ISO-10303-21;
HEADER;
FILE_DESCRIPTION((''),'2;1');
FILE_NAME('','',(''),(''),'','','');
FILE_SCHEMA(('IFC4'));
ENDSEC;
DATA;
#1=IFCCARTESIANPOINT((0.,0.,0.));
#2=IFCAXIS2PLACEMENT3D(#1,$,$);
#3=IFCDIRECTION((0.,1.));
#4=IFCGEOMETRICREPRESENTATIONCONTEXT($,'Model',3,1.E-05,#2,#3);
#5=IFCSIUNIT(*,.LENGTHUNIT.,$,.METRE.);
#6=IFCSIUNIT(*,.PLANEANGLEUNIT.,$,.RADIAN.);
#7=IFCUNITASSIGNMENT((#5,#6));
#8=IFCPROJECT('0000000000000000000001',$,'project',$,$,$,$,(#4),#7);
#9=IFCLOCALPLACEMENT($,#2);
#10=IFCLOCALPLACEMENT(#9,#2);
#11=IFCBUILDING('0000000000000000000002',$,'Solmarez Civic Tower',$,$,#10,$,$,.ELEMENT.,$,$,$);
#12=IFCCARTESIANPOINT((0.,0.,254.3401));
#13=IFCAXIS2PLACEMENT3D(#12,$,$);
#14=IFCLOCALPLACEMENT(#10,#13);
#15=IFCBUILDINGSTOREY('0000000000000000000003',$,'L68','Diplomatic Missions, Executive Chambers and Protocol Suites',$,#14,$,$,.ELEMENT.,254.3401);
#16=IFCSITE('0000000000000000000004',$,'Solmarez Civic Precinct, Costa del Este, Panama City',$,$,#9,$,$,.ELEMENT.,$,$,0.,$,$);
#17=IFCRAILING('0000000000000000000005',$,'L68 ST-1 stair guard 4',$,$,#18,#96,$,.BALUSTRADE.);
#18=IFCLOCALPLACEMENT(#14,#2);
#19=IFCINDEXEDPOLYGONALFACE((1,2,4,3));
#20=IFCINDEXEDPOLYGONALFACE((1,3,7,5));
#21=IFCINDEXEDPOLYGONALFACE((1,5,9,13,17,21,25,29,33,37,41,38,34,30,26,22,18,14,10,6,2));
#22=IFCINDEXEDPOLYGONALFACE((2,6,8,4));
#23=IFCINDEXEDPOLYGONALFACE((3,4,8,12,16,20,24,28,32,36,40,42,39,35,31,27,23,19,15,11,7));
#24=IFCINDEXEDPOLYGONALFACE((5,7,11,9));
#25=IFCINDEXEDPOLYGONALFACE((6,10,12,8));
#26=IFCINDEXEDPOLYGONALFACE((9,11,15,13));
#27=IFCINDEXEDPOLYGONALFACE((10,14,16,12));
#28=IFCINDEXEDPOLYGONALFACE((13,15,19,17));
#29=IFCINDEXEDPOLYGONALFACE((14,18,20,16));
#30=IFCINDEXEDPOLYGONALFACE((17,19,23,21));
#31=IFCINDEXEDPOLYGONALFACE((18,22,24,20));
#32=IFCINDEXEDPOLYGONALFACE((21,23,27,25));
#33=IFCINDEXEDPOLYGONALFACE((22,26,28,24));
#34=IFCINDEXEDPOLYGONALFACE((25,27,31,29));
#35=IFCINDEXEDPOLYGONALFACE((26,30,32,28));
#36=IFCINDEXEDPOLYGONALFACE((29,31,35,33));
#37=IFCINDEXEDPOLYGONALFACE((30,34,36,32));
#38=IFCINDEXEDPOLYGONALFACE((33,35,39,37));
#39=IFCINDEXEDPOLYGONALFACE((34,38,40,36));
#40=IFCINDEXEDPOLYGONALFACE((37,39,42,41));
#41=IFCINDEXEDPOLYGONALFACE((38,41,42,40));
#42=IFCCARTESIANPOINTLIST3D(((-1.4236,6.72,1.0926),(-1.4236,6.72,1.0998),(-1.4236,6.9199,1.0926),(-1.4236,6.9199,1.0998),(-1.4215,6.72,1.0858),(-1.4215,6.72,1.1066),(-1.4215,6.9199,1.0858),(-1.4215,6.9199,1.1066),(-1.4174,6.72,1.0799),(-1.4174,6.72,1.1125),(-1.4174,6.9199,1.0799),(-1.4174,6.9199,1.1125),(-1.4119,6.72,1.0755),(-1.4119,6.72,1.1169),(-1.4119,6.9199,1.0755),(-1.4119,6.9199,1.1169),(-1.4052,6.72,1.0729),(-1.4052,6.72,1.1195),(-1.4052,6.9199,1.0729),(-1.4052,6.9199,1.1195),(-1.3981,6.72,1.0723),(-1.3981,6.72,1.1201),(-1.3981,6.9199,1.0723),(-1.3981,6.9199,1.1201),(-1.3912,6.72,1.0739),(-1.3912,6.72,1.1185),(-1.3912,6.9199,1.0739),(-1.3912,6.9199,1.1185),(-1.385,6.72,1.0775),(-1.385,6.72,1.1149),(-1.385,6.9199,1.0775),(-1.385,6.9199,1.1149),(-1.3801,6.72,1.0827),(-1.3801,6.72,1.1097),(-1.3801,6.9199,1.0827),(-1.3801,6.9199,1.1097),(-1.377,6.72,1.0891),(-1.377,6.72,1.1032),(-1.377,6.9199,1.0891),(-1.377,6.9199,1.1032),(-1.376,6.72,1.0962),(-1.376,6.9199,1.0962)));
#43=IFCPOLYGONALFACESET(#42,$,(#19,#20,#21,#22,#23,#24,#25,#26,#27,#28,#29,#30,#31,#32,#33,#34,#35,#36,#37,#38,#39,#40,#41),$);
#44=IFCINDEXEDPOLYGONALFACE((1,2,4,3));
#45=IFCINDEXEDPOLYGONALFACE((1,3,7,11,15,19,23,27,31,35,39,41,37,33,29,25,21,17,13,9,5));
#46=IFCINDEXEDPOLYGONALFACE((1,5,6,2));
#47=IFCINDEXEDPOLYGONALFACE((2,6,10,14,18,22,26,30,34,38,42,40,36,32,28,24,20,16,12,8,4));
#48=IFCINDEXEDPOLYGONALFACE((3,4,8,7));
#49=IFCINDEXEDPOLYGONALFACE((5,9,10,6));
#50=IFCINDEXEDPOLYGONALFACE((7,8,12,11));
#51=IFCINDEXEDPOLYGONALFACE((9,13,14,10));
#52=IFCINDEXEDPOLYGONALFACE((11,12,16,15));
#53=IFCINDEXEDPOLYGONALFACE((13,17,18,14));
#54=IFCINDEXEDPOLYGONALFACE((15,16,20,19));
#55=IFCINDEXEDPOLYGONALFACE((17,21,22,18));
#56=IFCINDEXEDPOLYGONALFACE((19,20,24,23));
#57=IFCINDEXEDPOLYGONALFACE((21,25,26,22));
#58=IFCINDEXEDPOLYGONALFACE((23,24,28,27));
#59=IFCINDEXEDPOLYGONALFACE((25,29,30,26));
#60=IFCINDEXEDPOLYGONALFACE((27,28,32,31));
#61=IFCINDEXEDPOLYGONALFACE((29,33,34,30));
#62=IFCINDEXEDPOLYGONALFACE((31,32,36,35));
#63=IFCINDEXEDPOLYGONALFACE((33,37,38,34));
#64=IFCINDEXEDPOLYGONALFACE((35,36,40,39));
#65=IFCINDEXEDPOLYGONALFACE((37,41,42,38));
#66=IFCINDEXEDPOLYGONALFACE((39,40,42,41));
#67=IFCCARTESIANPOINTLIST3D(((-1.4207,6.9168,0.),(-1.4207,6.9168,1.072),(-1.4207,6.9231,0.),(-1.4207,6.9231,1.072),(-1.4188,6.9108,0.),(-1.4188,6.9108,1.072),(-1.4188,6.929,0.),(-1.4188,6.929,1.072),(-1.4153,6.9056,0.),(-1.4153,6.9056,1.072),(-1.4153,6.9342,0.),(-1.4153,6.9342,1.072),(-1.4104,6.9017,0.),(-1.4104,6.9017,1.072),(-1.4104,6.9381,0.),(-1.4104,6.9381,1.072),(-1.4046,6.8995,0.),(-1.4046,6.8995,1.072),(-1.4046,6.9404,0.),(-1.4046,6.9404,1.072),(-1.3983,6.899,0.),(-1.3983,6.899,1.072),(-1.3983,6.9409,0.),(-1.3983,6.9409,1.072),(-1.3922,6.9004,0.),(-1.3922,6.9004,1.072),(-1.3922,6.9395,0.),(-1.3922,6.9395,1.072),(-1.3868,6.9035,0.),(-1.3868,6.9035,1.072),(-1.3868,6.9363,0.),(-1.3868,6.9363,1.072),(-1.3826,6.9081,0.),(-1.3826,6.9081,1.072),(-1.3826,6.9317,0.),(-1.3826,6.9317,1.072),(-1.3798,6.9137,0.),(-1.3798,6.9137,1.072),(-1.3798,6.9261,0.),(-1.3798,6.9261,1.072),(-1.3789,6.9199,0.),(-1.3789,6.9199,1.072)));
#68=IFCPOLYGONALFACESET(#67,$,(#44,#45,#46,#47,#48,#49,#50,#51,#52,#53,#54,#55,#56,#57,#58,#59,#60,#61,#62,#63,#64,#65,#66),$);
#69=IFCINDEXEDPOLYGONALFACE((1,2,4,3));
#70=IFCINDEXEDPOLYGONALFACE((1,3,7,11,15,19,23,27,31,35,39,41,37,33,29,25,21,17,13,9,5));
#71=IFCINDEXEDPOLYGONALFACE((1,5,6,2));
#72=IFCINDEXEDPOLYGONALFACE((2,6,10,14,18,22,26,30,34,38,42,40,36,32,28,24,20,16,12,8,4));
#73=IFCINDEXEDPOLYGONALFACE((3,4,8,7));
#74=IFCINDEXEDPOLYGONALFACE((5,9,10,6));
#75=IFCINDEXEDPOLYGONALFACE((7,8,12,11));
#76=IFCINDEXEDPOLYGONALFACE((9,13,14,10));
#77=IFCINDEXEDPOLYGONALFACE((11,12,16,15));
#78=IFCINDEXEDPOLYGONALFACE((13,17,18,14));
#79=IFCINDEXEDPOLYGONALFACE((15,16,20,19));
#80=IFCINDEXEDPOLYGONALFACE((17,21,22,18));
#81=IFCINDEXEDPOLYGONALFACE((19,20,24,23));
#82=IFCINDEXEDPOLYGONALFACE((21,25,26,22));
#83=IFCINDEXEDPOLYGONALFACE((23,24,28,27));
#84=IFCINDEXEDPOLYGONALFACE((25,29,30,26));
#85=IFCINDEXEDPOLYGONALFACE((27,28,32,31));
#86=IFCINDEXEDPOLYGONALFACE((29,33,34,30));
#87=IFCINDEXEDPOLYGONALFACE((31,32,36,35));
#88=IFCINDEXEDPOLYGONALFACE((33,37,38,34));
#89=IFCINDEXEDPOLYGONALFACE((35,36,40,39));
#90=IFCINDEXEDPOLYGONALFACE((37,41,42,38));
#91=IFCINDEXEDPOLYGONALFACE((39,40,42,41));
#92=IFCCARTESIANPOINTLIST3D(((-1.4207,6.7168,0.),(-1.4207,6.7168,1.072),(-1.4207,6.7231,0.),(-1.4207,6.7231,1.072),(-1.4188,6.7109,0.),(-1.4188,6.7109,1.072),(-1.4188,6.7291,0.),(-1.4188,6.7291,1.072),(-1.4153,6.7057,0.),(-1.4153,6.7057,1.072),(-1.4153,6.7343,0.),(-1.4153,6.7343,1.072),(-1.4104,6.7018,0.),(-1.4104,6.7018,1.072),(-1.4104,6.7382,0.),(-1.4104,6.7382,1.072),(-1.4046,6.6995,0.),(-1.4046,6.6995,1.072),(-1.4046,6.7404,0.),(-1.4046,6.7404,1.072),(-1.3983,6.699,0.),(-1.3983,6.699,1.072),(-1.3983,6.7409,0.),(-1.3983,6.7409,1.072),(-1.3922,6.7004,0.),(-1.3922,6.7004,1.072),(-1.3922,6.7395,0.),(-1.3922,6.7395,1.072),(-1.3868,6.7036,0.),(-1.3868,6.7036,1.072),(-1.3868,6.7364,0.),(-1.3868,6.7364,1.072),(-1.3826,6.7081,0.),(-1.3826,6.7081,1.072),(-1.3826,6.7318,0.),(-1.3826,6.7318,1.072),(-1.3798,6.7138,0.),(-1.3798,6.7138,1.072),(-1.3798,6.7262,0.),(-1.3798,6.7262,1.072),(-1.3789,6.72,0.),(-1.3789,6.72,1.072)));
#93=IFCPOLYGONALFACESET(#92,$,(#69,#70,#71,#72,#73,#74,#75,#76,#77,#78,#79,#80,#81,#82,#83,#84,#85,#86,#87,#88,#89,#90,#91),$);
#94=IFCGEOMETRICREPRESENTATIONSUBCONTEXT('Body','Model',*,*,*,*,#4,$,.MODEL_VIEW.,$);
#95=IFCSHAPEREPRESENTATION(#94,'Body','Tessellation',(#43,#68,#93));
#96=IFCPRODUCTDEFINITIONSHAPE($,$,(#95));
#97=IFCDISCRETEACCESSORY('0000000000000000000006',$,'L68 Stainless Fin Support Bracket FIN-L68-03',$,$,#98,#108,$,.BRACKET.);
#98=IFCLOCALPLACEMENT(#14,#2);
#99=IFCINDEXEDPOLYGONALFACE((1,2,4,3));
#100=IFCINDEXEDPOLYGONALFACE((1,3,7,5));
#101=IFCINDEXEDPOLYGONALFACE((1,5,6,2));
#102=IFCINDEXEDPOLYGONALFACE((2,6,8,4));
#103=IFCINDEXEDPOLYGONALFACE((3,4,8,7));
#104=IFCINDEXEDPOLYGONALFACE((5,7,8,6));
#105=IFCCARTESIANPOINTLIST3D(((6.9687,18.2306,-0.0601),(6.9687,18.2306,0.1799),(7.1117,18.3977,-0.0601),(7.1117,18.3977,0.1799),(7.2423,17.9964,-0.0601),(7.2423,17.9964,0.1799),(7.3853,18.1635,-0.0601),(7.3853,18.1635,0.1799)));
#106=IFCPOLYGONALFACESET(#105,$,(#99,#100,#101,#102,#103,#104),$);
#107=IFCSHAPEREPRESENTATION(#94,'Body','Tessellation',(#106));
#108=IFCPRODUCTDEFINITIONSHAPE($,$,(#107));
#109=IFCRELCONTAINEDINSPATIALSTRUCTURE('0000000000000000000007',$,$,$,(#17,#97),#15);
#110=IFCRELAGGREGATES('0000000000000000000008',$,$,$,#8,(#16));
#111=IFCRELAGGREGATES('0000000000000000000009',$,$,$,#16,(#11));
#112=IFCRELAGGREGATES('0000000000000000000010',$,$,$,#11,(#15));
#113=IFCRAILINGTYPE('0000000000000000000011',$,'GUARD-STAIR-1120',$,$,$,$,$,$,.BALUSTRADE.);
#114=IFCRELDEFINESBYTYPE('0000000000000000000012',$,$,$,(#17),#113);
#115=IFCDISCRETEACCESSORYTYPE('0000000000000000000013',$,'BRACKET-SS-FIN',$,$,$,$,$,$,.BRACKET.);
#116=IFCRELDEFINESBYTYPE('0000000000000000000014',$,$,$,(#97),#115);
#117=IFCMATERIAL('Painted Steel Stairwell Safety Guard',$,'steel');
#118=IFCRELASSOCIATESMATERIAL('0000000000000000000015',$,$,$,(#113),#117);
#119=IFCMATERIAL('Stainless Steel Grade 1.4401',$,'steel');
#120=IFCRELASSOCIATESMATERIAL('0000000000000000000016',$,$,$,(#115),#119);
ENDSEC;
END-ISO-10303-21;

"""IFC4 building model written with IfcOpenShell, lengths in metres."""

from ifc_helpers import new_model, si_unit, direction, frame, origin, origin_2d, place, context, subcontext, project, spatial, rectangle, circle, extrude, material, type_object, element, save


model = new_model("IFC4")

# Units and contexts
model_context = context("Model", 3, precision=1e-05, world=origin(), true_north=direction((0.0, 1.0)))
body_context = subcontext(model_context, "Body", "Model", "MODEL_VIEW")
ifc_project = project(units=[si_unit("LENGTHUNIT", "METRE"), si_unit("PLANEANGLEUNIT", "RADIAN")], contexts=[model_context])

# Site, building, storey
site_placement = place(None, origin())
site = spatial("IfcSite", under=ifc_project, at=site_placement, Name="Solmarez Civic Precinct, Costa del Este, Panama City", CompositionType="ELEMENT", RefElevation=0.0)
building_placement = place(site_placement, origin())
building = spatial("IfcBuilding", under=site, at=building_placement, Name="Solmarez Civic Tower", CompositionType="ELEMENT")
storey_placement = place(building_placement, frame((0.0, 0.0, 254.3401)))
storey = spatial("IfcBuildingStorey", under=building, at=storey_placement, Name="L68", Description="Diplomatic Missions, Executive Chambers and Protocol Suites", CompositionType="ELEMENT", Elevation=254.3401)

# Railing
ifc_material_1 = material(Name="Painted Steel Stairwell Safety Guard", Category="steel")
railing_type = type_object("IfcRailingType", Name="GUARD-STAIR-1120", PredefinedType="BALUSTRADE", material=ifc_material_1)
railing_placement = place(storey_placement, frame((-1.3999, 6.9199, 0.0)))
element("IfcRailing", 1, at=railing_placement, inside=storey, type_object=railing_type, Name="L68 ST-1 stair guard 4", PredefinedType="BALUSTRADE", context=body_context, shape_type="SweptSolid", body=[
    extrude(circle(Radius=0.0239, at=origin_2d()), frame((0.0, 0.0, 1.0962), z_axis=(0.0, -1.0, 0.0), x_axis=(1.0, 0.0, 0.0)), (0.0, 0.0, 1.0), 0.2),
    extrude(circle(Radius=0.021, at=origin_2d()), origin(), (0.0, 0.0, 1.0), 1.072),
    extrude(circle(Radius=0.021, at=origin_2d()), frame((0.0, -0.2, 0.0)), (0.0, 0.0, 1.0), 1.072),
])

# Discrete accessory
ifc_material_2 = material(Name="Stainless Steel Grade 1.4401", Category="steel")
discrete_accessory_type = type_object("IfcDiscreteAccessoryType", Name="BRACKET-SS-FIN", PredefinedType="BRACKET", material=ifc_material_2)
discrete_accessory_placement = place(storey_placement, frame((7.177, 18.197, -0.0601), z_axis=(0.0, 0.0, 1.0), x_axis=(-0.759682, 0.650295, 0.0)))
element("IfcDiscreteAccessory", 2, at=discrete_accessory_placement, inside=storey, type_object=discrete_accessory_type, Name="L68 Stainless Fin Support Bracket FIN-L68-03", PredefinedType="BRACKET", context=body_context, shape_type="SweptSolid", body=[
    extrude(rectangle(XDim=0.3601, YDim=0.22, at=origin_2d()), origin(), (0.0, 0.0, 1.0), 0.24),
])

save(model, "model.ifc")
